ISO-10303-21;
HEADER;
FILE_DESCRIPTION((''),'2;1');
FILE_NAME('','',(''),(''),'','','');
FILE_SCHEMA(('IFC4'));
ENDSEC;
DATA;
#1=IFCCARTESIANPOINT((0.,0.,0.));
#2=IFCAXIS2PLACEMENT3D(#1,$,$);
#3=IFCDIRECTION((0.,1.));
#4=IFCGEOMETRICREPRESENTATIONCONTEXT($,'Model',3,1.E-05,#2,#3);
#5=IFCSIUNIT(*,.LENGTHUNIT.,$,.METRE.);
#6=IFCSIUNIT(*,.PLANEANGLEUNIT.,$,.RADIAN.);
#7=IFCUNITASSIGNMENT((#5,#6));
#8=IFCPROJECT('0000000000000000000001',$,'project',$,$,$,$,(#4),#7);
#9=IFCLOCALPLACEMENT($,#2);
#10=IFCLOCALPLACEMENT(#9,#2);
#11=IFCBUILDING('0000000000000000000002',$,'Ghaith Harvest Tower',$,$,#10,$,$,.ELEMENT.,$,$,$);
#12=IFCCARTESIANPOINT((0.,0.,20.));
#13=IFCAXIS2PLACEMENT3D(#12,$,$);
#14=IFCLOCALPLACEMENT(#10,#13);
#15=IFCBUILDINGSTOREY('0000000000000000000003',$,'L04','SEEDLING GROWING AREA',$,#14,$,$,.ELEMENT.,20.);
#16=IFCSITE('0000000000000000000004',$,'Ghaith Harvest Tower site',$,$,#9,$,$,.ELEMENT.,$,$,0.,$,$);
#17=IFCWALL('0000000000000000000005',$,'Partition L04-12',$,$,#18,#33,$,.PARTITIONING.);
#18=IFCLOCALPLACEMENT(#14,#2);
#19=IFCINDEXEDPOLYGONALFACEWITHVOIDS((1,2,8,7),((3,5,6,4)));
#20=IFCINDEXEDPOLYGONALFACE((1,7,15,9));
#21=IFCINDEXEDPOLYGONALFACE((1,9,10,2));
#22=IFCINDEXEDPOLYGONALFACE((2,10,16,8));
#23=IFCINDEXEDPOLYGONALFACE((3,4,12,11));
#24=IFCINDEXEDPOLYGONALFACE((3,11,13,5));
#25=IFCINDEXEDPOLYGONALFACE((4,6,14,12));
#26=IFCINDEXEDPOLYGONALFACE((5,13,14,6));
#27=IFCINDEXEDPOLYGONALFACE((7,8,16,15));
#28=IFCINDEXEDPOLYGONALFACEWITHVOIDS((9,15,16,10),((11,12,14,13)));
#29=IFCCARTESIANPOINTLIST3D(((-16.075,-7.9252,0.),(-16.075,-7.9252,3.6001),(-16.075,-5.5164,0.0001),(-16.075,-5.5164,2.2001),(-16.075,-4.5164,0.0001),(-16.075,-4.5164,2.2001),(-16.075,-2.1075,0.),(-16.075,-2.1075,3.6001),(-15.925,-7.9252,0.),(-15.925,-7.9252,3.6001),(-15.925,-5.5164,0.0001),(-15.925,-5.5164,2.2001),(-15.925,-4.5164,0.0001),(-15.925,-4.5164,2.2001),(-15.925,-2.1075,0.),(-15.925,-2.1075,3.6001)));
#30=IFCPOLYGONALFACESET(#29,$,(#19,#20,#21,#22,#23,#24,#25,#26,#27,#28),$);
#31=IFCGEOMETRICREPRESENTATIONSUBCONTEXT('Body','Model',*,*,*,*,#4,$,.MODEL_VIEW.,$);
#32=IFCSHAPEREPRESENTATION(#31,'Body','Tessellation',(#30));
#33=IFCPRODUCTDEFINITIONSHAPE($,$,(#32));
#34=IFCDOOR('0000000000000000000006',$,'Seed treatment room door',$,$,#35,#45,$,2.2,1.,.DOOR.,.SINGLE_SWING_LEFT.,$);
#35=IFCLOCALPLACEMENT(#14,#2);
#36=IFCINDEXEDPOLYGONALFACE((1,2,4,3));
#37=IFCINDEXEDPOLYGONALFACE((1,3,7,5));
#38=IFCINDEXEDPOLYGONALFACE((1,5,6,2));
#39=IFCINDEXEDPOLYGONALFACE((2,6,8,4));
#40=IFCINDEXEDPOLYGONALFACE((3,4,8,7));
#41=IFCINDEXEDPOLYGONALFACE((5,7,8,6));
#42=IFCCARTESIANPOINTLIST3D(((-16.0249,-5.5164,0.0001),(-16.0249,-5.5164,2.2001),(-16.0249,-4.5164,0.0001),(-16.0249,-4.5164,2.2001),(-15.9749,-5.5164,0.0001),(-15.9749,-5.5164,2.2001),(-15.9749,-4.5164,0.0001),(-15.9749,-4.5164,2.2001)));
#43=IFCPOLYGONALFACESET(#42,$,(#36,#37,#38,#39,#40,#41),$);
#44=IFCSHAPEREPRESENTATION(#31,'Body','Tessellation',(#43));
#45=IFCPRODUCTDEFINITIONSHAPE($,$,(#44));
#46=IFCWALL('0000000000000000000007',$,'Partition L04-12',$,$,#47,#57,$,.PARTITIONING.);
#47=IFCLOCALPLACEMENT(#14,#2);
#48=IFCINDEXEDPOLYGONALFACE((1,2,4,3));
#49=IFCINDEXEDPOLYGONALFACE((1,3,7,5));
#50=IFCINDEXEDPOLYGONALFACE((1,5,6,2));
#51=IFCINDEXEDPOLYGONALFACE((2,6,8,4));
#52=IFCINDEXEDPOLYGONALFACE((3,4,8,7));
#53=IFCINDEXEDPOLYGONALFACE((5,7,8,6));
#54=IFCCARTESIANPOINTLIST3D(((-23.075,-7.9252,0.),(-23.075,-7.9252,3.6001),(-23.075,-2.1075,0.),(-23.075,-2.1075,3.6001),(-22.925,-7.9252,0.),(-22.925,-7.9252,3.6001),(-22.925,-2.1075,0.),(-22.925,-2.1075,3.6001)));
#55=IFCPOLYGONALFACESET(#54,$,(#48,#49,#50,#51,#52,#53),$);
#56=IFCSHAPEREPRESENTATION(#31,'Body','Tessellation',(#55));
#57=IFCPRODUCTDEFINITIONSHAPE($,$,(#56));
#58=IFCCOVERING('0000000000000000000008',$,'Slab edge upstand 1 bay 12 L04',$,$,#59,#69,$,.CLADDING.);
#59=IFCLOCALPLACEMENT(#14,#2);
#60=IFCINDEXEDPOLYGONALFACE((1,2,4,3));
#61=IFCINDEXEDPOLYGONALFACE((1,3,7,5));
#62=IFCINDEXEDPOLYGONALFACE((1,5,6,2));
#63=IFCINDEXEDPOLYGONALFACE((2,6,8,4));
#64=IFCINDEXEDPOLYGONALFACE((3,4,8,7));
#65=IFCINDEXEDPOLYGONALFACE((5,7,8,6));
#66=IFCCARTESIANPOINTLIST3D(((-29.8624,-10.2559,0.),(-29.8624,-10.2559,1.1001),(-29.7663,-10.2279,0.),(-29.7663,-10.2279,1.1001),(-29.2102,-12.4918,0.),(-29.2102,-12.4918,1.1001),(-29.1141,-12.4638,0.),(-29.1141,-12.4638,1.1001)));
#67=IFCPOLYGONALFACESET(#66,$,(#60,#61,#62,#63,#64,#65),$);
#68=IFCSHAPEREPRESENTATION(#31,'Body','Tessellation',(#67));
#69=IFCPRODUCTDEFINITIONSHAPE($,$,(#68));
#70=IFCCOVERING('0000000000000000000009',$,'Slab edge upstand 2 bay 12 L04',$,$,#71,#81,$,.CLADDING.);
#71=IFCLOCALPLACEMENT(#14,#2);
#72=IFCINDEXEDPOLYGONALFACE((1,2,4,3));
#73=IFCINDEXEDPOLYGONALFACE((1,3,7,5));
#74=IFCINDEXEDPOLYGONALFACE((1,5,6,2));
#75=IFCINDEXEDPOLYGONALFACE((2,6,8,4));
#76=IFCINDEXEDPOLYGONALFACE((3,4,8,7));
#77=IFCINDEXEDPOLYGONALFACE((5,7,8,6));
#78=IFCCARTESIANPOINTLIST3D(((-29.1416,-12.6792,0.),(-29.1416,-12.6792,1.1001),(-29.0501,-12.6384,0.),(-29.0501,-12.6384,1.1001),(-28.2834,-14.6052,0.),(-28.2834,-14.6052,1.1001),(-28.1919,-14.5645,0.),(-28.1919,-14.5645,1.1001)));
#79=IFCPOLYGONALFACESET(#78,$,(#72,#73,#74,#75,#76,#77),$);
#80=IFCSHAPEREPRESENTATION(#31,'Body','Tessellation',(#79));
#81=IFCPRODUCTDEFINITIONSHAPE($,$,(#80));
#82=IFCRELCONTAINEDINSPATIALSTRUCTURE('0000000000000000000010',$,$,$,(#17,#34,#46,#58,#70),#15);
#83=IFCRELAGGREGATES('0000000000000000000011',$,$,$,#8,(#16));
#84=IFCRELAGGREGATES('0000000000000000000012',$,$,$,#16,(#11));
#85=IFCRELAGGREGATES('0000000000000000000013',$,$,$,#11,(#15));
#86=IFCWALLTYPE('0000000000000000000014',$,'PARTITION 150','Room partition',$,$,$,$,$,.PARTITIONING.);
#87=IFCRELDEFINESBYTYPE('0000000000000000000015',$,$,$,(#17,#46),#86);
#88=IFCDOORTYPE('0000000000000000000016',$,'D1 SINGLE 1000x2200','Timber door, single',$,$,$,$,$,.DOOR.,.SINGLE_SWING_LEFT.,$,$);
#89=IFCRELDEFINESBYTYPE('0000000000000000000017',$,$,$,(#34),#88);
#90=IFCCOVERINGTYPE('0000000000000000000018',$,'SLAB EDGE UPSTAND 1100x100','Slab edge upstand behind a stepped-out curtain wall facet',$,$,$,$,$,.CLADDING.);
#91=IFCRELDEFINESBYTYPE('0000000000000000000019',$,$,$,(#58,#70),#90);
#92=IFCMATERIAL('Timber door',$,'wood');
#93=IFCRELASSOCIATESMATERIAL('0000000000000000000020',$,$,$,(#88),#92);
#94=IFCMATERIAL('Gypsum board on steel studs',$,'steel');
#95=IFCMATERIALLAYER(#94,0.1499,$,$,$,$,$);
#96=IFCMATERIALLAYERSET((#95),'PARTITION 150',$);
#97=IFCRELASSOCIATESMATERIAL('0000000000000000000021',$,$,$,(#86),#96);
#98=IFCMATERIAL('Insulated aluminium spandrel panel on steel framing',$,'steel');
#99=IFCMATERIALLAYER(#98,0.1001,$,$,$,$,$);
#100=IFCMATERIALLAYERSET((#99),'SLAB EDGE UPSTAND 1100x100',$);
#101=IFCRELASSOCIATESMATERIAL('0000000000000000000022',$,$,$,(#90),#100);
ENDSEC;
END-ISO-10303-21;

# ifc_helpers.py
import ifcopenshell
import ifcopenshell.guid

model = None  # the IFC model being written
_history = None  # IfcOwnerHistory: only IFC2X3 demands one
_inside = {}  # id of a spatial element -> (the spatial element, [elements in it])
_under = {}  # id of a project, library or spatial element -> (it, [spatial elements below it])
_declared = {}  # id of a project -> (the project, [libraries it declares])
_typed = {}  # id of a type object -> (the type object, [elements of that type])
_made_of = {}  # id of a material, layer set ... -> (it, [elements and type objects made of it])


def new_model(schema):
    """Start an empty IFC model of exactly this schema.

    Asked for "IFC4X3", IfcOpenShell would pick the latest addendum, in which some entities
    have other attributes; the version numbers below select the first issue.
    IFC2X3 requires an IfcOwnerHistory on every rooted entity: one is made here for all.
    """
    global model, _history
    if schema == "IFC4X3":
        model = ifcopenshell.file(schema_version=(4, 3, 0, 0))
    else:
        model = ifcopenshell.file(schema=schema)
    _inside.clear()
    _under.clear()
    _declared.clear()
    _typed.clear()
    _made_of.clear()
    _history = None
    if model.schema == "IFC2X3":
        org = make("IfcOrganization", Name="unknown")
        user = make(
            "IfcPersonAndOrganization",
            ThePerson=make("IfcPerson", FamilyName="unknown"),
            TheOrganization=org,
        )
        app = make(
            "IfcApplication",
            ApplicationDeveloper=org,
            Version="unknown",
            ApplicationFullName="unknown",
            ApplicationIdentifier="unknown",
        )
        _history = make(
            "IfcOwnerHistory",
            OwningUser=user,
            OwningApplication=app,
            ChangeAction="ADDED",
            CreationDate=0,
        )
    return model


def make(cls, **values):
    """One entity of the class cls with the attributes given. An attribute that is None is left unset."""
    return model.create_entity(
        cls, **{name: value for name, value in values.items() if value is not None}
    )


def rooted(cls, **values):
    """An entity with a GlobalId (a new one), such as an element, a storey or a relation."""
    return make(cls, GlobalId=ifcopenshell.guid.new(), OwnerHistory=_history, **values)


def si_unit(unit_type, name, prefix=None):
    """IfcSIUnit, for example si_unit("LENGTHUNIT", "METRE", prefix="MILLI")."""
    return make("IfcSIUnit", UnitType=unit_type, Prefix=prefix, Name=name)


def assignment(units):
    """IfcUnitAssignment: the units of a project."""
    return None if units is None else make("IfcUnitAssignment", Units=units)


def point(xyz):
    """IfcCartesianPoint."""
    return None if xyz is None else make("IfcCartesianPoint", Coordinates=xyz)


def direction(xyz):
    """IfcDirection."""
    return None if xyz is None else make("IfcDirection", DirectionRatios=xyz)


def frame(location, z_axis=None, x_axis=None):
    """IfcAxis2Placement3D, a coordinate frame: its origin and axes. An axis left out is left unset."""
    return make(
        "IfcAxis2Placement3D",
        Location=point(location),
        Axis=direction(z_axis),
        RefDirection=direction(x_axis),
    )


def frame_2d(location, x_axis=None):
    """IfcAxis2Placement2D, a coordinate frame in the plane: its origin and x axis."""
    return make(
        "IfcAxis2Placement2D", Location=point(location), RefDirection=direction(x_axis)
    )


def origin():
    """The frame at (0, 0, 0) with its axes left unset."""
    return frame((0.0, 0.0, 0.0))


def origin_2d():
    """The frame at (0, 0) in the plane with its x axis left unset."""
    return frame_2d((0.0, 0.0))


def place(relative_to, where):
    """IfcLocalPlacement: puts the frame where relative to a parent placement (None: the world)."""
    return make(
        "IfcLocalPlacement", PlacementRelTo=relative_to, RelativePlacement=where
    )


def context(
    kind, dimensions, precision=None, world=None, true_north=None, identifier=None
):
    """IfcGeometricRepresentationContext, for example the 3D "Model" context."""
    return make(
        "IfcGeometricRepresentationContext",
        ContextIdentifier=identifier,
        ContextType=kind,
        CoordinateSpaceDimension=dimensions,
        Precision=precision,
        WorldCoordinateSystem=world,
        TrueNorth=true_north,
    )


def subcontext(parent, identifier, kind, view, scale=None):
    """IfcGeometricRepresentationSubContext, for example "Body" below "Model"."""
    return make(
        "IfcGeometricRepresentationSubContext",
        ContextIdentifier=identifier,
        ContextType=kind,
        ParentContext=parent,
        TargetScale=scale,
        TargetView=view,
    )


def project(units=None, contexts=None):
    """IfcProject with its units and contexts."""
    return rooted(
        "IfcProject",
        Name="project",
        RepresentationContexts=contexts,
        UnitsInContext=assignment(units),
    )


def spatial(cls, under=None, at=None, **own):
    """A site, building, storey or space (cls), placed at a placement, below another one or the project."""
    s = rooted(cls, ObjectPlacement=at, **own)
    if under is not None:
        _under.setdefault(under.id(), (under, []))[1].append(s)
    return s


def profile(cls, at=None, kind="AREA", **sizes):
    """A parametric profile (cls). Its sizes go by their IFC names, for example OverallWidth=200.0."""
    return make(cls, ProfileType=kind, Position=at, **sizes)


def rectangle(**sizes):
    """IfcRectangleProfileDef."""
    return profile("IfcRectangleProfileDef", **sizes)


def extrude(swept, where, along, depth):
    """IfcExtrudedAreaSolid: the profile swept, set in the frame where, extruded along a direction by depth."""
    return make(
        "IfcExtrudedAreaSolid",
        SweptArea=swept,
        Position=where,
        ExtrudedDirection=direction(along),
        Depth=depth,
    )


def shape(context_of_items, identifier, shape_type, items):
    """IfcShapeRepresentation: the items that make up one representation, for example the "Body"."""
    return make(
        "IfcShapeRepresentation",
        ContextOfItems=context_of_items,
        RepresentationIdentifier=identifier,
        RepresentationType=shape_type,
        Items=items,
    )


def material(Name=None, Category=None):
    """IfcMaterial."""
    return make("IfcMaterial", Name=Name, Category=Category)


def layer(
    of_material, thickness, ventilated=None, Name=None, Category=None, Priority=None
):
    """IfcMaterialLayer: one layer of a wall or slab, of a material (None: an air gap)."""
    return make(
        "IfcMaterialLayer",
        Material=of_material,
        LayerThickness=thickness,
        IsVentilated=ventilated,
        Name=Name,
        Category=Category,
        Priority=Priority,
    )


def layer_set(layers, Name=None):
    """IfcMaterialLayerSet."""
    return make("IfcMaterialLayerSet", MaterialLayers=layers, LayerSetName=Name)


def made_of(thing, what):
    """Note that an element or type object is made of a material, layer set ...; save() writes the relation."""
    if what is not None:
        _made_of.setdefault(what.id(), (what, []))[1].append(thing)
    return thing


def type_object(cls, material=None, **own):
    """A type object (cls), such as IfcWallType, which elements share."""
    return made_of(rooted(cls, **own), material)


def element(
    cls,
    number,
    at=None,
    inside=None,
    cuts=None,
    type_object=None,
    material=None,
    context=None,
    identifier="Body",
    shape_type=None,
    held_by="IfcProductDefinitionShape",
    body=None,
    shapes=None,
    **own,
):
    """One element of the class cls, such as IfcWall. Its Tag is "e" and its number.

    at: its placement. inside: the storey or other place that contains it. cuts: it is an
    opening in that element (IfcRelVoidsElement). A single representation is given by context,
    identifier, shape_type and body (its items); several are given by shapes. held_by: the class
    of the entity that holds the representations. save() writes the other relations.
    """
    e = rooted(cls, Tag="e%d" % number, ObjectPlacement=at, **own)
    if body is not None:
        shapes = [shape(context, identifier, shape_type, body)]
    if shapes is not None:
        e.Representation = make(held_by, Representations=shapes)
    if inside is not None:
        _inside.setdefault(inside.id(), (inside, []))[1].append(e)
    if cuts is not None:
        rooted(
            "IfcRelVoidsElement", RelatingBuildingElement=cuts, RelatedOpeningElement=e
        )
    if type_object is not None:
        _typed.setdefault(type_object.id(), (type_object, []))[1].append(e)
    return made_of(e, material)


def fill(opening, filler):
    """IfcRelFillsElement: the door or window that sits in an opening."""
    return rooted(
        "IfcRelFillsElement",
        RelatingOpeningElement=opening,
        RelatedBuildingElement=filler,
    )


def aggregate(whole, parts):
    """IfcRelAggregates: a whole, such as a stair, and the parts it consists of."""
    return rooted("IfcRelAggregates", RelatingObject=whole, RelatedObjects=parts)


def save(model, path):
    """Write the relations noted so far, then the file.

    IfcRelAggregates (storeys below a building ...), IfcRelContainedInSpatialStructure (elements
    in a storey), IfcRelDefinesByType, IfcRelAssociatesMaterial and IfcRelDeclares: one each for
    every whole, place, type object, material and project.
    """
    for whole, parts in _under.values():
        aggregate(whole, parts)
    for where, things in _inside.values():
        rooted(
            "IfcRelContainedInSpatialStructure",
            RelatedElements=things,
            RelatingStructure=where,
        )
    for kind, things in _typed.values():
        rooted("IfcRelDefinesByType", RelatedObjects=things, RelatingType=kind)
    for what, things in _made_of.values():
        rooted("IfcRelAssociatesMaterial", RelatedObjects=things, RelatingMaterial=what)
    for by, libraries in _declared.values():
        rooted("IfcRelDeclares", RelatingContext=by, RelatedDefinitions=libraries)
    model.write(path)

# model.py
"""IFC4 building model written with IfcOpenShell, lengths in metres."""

from ifc_helpers import new_model, si_unit, direction, frame, frame_2d, origin, origin_2d, place, context, subcontext, project, spatial, rectangle, extrude, material, layer, layer_set, type_object, element, fill, save


model = new_model("IFC4")

# Units and contexts
model_context = context("Model", 3, precision=1e-05, world=origin(), true_north=direction((0.0, 1.0)))
body_context = subcontext(model_context, "Body", "Model", "MODEL_VIEW")
ifc_project = project(units=[si_unit("LENGTHUNIT", "METRE"), si_unit("PLANEANGLEUNIT", "RADIAN")], contexts=[model_context])

# Site, building, storey
site_placement = place(None, origin())
site = spatial("IfcSite", under=ifc_project, at=site_placement, Name="Ghaith Harvest Tower site", CompositionType="ELEMENT", RefElevation=0.0)
building_placement = place(site_placement, origin())
building = spatial("IfcBuilding", under=site, at=building_placement, Name="Ghaith Harvest Tower", CompositionType="ELEMENT")
storey_placement = place(building_placement, frame((0.0, 0.0, 20.0)))
storey = spatial("IfcBuildingStorey", under=building, at=storey_placement, Name="L04", Description="SEEDLING GROWING AREA", CompositionType="ELEMENT", Elevation=20.0)

# Shared definitions
ifc_material_1 = material(Name="Timber door", Category="wood")
door_type_1 = type_object("IfcDoorType", Name="D1 SINGLE 1000x2200", Description="Timber door, single", OperationType="SINGLE_SWING_LEFT", PredefinedType="DOOR", material=ifc_material_1)

# Shared definitions
ifc_material_2 = material(Name="Gypsum board on steel studs", Category="steel")
ifc_layer_1 = layer(ifc_material_2, 0.1499)
ifc_layer_set_1 = layer_set([ifc_layer_1], Name="PARTITION 150")
wall_type_1 = type_object("IfcWallType", Name="PARTITION 150", Description="Room partition", PredefinedType="PARTITIONING", material=ifc_layer_set_1)

# Wall, opening, door
wall_1_placement = place(storey_placement, frame((-16.0, -7.925, 0.0), z_axis=(0.0, 0.0, 1.0), x_axis=(0.0, 1.0, 0.0)))
wall_1 = element("IfcWall", 1, at=wall_1_placement, inside=storey, type_object=wall_type_1, Name="Partition L04-12", PredefinedType="PARTITIONING", context=body_context, shape_type="SweptSolid", body=[
    extrude(rectangle(XDim=5.8176, YDim=0.1499, at=frame_2d((2.9087, 0.0))), origin(), (0.0, 0.0, 1.0), 3.6001),
])
opening_1_placement = place(wall_1_placement, frame((2.4087, 0.0, 0.0)))
opening_1 = element("IfcOpeningElement", 2, at=opening_1_placement, cuts=wall_1, PredefinedType="OPENING", context=body_context, shape_type="SweptSolid", body=[
    extrude(rectangle(XDim=1.0, YDim=2.2, at=frame_2d((0.5, 1.1001))), frame((0.0, 0.085, 0.0), z_axis=(0.0, -1.0, 0.0), x_axis=(1.0, 0.0, 0.0)), (0.0, 0.0, 1.0), 0.1699),
])
door_1_placement = place(opening_1_placement, origin())
door_1 = element("IfcDoor", 3, at=door_1_placement, inside=storey, type_object=door_type_1, Name="Seed treatment room door", OperationType="SINGLE_SWING_LEFT", OverallHeight=2.2, OverallWidth=1.0, PredefinedType="DOOR", context=body_context, shape_type="SweptSolid", body=[
    extrude(rectangle(XDim=1.0, YDim=2.2, at=frame_2d((0.5, 1.1001))), frame((0.0, 0.0249, 0.0), z_axis=(0.0, -1.0, 0.0), x_axis=(1.0, 0.0, 0.0)), (0.0, 0.0, 1.0), 0.05),
])
fill(opening_1, door_1)

# Wall
wall_2_placement = place(storey_placement, frame((-23.0, -7.925, 0.0), z_axis=(0.0, 0.0, 1.0), x_axis=(0.0, 1.0, 0.0)))
element("IfcWall", 4, at=wall_2_placement, inside=storey, type_object=wall_type_1, Name="Partition L04-12", PredefinedType="PARTITIONING", context=body_context, shape_type="SweptSolid", body=[
    extrude(rectangle(XDim=5.8176, YDim=0.1499, at=frame_2d((2.9087, 0.0))), origin(), (0.0, 0.0, 1.0), 3.6001),
])

# Coverings
ifc_material_3 = material(Name="Insulated aluminium spandrel panel on steel framing", Category="steel")
ifc_layer_2 = layer(ifc_material_3, 0.1001)
ifc_layer_set_2 = layer_set([ifc_layer_2], Name="SLAB EDGE UPSTAND 1100x100")
covering_type = type_object("IfcCoveringType", Name="SLAB EDGE UPSTAND 1100x100", Description="Slab edge upstand behind a stepped-out curtain wall facet", PredefinedType="CLADDING", material=ifc_layer_set_2)
covering_1_placement = place(storey_placement, frame((-29.4883, -11.3599, 0.0), z_axis=(0.0, 0.0, 1.0), x_axis=(0.280032, -0.959991, 0.0)))
element("IfcCovering", 5, at=covering_1_placement, inside=storey, type_object=covering_type, Name="Slab edge upstand 1 bay 12 L04", PredefinedType="CLADDING", context=body_context, shape_type="SweptSolid", body=[
    extrude(rectangle(XDim=2.3291, YDim=0.1001, at=origin_2d()), origin(), (0.0, 0.0, 1.0), 1.1001),
])
covering_2_placement = place(storey_placement, frame((-28.6667, -13.6218, 0.0), z_axis=(0.0, 0.0, 1.0), x_axis=(0.407003, -0.913427, 0.0)))
element("IfcCovering", 6, at=covering_2_placement, inside=storey, type_object=covering_type, Name="Slab edge upstand 2 bay 12 L04", PredefinedType="CLADDING", context=body_context, shape_type="SweptSolid", body=[
    extrude(rectangle(XDim=2.1086, YDim=0.1001, at=origin_2d()), origin(), (0.0, 0.0, 1.0), 1.1001),
])

save(model, "model.ifc")
